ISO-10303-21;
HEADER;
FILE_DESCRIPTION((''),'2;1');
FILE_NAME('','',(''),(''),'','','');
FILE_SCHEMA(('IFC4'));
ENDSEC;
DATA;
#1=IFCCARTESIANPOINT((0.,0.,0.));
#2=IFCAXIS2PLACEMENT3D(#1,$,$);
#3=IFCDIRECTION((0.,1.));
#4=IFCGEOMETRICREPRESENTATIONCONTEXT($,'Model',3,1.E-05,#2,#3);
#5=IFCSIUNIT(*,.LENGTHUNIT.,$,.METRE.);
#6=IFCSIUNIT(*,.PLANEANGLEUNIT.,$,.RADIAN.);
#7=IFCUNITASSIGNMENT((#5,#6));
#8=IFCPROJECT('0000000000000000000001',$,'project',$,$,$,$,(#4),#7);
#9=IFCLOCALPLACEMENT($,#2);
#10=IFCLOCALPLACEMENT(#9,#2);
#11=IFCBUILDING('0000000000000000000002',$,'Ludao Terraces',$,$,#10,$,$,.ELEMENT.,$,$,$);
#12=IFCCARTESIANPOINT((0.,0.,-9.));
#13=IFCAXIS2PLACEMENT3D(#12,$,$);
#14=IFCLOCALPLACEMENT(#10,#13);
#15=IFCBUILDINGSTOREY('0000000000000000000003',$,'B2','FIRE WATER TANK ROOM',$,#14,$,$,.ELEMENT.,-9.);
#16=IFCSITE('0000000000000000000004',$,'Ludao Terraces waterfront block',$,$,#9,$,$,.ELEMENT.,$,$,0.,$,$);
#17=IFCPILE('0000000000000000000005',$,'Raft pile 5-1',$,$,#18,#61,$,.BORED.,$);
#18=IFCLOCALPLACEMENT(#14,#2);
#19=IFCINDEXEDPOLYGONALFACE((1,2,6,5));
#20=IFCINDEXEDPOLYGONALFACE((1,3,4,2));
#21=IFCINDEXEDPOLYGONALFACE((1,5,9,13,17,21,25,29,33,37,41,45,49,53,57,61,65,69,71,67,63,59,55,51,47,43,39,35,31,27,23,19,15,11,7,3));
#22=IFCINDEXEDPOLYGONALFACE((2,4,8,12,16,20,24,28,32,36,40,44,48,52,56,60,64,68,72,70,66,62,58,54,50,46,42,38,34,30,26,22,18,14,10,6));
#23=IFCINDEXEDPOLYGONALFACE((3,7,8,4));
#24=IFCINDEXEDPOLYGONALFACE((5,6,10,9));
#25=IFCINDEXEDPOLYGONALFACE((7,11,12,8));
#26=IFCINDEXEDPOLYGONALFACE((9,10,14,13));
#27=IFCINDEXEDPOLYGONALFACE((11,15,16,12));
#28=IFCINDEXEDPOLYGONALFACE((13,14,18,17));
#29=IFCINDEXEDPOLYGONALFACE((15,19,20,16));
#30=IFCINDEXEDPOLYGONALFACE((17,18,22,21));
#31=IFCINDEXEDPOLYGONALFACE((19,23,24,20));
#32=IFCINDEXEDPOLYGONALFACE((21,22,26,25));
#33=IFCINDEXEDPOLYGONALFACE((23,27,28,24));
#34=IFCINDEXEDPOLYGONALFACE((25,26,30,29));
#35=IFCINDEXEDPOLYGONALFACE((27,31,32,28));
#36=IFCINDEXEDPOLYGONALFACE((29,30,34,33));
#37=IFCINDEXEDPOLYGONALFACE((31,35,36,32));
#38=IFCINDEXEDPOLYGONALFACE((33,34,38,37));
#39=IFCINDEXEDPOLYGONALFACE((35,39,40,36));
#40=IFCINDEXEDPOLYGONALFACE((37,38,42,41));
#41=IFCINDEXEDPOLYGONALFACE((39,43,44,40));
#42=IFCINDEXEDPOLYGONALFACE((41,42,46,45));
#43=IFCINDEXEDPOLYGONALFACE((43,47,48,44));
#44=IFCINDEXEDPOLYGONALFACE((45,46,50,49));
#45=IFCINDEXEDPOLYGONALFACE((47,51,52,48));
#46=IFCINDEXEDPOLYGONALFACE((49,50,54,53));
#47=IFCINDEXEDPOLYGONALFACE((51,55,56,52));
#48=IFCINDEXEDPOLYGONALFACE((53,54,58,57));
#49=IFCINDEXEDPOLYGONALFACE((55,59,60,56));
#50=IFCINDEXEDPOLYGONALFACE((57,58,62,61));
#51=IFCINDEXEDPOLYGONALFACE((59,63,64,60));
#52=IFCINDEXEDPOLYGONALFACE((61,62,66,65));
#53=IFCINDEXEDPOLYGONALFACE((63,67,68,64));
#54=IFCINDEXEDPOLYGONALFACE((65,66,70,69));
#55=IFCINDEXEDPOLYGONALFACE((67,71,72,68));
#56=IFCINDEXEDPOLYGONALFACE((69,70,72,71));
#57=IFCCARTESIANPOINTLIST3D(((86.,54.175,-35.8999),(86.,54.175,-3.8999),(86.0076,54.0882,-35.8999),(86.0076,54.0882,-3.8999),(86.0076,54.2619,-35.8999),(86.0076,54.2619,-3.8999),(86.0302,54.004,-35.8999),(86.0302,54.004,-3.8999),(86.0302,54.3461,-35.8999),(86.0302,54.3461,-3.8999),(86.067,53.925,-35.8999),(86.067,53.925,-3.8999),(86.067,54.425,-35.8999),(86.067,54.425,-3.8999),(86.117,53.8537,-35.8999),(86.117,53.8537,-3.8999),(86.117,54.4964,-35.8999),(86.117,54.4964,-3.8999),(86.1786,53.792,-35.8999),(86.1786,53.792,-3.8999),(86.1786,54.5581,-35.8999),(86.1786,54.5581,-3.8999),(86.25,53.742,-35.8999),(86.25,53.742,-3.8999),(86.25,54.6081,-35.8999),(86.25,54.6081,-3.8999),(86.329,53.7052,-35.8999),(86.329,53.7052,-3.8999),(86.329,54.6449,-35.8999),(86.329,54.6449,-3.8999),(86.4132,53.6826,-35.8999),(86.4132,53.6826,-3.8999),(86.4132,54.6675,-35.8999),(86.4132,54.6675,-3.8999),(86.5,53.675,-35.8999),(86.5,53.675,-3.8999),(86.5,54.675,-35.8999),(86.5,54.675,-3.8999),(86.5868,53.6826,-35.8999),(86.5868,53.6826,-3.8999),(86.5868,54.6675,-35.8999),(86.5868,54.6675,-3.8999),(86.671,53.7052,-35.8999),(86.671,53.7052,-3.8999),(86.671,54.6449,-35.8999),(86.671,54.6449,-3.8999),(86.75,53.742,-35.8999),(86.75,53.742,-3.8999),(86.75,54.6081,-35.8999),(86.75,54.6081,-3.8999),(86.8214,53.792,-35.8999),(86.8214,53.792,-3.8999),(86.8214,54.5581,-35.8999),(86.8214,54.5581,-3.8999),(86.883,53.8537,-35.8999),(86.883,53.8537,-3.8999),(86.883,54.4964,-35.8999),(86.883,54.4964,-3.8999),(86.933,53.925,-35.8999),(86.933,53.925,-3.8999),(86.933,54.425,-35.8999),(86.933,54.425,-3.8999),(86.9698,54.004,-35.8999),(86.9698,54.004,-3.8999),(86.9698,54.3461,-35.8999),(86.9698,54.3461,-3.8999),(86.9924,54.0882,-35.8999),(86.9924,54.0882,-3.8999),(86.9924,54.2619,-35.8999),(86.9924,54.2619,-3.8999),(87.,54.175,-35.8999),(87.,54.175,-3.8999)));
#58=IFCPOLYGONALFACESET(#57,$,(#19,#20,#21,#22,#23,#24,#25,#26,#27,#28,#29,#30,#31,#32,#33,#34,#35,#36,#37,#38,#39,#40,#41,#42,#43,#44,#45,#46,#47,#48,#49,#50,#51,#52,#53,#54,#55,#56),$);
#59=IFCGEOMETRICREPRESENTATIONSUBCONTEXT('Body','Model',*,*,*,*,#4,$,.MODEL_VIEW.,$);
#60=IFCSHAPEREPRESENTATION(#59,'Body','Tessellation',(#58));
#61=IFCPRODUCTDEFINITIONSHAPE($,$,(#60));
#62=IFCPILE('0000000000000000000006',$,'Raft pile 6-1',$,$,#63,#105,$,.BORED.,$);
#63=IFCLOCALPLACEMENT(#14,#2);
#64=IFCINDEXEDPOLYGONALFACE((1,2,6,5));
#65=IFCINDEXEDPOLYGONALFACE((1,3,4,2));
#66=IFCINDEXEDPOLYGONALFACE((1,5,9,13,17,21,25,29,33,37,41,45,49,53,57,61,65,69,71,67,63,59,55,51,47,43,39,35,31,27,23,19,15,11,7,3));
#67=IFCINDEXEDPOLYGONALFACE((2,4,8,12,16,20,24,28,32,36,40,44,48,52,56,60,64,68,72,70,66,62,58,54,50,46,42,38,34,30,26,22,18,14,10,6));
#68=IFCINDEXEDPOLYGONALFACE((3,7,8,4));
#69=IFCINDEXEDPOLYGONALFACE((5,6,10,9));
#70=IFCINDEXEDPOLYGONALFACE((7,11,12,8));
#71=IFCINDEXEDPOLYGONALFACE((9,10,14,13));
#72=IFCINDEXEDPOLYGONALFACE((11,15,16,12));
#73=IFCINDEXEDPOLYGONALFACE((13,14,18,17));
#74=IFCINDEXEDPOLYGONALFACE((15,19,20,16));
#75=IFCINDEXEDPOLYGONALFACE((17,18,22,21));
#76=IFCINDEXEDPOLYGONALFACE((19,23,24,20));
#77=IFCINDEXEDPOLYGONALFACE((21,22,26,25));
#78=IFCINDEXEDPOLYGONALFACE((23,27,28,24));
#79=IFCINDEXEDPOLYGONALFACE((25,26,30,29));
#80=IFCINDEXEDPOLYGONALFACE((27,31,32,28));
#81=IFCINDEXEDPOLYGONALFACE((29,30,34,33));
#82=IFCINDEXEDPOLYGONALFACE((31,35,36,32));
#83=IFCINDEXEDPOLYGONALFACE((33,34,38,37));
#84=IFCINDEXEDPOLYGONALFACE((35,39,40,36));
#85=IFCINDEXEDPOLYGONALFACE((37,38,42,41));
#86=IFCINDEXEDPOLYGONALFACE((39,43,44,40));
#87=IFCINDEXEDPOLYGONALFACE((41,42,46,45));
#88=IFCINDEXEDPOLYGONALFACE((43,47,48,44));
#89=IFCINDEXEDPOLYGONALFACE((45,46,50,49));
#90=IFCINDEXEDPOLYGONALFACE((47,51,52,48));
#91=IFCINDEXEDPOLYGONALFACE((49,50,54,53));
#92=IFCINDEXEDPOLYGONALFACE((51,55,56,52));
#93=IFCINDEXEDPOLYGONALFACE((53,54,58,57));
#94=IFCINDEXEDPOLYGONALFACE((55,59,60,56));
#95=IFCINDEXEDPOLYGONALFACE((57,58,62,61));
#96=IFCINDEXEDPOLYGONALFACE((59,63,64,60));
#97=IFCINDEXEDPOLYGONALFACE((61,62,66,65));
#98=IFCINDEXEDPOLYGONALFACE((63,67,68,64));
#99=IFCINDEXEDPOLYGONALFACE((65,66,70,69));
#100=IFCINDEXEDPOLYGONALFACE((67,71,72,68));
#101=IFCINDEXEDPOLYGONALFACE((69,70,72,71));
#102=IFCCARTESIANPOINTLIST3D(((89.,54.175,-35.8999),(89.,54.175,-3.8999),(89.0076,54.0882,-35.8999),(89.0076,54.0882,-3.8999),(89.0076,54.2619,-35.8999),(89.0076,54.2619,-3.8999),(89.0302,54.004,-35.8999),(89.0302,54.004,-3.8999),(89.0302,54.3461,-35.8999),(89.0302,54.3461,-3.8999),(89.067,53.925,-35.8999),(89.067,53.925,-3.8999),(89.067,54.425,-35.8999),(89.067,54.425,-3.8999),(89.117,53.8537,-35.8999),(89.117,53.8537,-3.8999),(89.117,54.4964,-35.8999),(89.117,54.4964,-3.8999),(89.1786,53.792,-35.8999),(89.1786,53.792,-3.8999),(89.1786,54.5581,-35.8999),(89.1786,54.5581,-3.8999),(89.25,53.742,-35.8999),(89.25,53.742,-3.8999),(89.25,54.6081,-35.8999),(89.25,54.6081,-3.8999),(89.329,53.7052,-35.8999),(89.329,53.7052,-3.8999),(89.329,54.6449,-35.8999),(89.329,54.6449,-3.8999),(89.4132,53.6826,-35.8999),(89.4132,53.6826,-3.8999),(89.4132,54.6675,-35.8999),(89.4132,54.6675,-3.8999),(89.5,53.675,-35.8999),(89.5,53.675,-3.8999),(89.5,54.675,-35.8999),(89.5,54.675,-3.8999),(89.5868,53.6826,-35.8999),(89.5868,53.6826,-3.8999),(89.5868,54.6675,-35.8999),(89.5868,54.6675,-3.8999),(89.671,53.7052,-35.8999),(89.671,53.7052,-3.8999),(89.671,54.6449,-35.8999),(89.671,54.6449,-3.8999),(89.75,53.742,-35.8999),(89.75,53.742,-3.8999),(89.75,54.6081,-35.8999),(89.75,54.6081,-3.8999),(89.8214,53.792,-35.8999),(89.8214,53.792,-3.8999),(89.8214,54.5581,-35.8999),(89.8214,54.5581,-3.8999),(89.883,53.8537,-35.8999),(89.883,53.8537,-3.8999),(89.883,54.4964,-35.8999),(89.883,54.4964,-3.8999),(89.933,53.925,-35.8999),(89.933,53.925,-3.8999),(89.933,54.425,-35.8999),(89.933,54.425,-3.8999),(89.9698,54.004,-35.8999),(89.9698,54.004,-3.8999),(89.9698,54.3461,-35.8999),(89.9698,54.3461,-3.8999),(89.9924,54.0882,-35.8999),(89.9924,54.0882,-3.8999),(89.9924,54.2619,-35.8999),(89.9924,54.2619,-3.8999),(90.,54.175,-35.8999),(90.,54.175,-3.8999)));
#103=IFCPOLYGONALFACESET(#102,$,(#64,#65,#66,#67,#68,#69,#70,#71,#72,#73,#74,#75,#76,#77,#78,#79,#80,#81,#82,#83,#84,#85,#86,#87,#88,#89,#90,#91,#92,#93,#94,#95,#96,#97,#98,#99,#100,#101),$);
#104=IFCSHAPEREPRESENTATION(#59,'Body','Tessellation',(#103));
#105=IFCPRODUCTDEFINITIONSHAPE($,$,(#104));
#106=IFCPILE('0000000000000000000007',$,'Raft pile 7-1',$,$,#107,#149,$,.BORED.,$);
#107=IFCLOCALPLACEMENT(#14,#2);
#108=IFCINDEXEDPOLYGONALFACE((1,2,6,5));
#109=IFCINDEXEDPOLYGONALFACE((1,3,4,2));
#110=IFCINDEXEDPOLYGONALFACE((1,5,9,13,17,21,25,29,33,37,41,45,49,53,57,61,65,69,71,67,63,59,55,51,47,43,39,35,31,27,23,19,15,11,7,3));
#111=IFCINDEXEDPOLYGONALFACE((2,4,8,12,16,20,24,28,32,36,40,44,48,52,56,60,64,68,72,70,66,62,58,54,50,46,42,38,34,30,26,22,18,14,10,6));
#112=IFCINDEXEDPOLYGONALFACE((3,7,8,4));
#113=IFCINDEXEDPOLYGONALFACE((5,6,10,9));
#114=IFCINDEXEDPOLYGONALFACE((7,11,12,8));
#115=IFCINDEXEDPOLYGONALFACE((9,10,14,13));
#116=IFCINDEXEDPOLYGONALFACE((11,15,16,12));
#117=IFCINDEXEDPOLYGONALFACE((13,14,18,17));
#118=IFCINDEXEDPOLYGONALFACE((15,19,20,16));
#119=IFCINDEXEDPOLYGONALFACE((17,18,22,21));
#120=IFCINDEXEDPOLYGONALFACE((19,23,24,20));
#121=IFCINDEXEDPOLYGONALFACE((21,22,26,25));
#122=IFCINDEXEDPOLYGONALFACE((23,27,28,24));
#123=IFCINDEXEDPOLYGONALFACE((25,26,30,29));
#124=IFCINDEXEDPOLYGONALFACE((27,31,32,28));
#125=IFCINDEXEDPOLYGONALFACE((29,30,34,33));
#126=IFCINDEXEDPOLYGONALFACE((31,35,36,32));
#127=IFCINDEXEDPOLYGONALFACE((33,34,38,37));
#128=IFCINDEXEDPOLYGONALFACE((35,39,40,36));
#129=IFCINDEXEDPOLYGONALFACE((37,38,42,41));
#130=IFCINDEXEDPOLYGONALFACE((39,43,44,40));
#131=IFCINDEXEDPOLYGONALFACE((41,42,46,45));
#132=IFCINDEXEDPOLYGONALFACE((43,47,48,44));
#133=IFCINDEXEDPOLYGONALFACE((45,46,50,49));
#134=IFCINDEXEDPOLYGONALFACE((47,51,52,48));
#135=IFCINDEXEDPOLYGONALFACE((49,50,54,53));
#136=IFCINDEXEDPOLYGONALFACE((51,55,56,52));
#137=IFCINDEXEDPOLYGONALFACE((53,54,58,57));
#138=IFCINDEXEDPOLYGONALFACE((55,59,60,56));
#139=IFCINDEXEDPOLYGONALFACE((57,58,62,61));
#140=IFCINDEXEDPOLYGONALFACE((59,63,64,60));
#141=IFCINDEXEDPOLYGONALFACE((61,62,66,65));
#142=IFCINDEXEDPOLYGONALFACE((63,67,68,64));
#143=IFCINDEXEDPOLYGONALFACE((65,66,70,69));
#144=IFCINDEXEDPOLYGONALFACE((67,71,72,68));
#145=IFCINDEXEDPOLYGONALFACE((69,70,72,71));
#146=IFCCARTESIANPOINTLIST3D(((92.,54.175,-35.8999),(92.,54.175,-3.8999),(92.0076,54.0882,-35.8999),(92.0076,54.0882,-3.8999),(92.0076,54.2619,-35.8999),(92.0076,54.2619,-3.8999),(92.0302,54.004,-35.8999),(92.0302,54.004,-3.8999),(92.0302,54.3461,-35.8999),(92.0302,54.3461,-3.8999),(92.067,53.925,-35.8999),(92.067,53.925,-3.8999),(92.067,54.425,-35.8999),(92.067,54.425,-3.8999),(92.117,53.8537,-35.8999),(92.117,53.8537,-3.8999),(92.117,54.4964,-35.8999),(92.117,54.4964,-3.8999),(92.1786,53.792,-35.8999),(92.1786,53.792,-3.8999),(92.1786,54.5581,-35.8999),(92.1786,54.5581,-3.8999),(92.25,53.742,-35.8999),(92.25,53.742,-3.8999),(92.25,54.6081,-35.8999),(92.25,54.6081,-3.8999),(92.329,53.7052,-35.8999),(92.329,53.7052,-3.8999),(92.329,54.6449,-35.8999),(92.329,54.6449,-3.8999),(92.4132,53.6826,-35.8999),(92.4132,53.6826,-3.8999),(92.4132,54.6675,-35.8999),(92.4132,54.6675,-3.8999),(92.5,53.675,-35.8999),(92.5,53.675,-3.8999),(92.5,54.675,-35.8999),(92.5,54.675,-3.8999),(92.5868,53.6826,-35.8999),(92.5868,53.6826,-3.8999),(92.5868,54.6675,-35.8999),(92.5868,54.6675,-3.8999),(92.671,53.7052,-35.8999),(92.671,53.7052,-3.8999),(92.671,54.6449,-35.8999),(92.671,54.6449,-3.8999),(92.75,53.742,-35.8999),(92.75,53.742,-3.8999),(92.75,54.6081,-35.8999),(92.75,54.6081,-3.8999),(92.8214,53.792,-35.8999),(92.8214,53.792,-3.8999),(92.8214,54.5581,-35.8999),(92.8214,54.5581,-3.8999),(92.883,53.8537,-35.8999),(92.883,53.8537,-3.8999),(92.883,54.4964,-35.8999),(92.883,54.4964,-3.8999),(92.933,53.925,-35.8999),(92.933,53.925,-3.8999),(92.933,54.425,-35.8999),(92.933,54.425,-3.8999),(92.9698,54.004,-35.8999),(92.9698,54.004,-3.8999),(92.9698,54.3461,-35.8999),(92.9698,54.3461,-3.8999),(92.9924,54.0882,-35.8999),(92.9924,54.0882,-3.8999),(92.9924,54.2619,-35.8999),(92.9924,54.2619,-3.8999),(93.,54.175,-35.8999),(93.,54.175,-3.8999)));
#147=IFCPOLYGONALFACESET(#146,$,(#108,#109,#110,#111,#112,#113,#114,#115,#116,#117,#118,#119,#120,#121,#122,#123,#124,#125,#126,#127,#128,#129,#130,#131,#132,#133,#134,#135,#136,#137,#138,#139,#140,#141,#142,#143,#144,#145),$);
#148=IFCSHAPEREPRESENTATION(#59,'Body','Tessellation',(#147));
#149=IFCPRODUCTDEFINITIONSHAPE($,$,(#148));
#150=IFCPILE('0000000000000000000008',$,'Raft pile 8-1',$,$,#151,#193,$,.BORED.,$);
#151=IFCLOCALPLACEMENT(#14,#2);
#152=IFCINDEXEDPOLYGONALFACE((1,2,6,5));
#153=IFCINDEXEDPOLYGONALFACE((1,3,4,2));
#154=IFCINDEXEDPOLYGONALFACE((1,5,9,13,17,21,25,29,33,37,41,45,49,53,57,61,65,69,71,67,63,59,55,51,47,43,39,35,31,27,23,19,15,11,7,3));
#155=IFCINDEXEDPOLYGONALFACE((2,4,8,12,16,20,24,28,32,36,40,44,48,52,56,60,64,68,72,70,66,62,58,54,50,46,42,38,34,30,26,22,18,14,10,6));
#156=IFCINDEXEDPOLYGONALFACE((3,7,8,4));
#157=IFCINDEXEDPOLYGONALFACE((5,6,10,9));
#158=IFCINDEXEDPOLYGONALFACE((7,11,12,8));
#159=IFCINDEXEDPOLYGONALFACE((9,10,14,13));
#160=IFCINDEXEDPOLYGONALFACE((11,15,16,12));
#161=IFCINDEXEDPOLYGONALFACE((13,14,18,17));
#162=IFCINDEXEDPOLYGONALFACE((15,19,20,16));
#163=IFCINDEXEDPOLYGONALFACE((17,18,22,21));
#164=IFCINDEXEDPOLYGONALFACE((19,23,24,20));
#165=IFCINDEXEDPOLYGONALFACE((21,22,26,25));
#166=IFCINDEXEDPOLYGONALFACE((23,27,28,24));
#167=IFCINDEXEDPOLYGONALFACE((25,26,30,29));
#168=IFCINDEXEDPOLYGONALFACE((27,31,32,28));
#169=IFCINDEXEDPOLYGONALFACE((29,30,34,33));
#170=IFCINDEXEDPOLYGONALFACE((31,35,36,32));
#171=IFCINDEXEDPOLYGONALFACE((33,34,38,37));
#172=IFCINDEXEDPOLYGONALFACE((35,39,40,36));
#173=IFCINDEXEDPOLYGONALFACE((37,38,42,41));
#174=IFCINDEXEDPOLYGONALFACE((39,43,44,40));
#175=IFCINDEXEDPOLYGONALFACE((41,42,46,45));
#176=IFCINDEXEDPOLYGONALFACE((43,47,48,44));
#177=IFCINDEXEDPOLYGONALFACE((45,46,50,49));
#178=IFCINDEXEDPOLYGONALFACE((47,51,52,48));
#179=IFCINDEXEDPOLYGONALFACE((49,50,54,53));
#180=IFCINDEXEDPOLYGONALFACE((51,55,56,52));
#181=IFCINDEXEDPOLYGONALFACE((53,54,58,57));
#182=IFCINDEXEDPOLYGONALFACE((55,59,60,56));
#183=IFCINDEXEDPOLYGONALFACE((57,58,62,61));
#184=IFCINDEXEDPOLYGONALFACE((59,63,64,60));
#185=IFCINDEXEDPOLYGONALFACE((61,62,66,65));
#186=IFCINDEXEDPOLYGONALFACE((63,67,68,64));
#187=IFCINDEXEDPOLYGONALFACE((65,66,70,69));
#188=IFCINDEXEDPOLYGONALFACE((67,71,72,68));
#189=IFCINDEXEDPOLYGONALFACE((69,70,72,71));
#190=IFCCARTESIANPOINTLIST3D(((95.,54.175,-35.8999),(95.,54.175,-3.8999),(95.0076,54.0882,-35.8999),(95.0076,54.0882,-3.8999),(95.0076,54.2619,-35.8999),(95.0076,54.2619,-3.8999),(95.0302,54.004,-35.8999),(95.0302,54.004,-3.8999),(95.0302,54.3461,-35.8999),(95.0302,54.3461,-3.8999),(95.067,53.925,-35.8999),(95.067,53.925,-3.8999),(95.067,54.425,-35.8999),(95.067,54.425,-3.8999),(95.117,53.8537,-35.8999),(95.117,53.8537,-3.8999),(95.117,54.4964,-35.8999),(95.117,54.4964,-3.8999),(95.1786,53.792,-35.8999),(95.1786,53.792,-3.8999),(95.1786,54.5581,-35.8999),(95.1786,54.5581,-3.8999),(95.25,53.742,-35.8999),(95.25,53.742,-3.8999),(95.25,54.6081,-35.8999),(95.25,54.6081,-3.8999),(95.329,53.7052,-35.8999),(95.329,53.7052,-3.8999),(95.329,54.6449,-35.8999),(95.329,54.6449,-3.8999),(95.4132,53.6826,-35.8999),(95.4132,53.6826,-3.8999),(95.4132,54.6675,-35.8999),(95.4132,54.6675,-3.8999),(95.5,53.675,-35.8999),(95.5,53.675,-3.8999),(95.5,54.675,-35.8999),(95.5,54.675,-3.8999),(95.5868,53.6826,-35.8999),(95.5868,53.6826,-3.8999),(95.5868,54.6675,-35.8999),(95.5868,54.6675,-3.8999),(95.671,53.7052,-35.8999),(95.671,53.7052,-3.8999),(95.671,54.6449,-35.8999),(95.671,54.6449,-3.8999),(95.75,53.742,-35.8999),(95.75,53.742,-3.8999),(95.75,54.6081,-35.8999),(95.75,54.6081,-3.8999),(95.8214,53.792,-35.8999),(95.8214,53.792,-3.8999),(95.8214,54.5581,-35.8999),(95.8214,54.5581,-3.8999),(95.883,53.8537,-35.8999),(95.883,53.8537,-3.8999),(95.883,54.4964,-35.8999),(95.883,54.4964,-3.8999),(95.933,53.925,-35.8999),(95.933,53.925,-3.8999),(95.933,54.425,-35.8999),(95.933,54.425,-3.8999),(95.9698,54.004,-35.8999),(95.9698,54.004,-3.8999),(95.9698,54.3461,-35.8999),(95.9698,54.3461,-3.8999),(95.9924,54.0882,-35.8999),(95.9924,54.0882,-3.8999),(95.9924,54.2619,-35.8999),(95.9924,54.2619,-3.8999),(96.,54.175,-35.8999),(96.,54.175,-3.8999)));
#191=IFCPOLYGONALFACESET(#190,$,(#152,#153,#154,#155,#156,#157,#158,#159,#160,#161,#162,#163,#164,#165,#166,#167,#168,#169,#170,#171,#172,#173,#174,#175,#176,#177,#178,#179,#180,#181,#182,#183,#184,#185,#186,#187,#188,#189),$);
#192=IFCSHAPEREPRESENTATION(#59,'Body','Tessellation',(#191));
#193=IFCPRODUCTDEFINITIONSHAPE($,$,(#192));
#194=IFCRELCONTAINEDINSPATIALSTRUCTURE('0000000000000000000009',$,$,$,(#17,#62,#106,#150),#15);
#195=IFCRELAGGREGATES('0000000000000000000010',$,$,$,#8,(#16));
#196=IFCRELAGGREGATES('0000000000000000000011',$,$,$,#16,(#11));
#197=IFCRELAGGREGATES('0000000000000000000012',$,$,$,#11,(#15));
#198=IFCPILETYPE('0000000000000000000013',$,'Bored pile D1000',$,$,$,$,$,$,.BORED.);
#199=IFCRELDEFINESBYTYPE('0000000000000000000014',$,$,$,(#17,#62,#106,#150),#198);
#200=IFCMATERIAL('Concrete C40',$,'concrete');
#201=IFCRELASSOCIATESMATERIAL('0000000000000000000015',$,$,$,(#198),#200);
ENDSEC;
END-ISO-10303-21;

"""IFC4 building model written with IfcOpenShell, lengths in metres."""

from ifc_helpers import new_model, si_unit, direction, frame, origin, origin_2d, place, context, subcontext, project, spatial, circle, extrude, material, material_profile, profile_set, type_object, element, save


model = new_model("IFC4")

# Units and contexts
model_context = context("Model", 3, precision=1e-05, world=origin(), true_north=direction((0.0, 1.0)))
body_context = subcontext(model_context, "Body", "Model", "MODEL_VIEW")
ifc_project = project(units=[si_unit("LENGTHUNIT", "METRE"), si_unit("PLANEANGLEUNIT", "RADIAN")], contexts=[model_context])

# Site, building, storey
site_placement = place(None, origin())
site = spatial("IfcSite", under=ifc_project, at=site_placement, Name="Ludao Terraces waterfront block", CompositionType="ELEMENT", RefElevation=0.0)
building_placement = place(site_placement, origin())
building = spatial("IfcBuilding", under=site, at=building_placement, Name="Ludao Terraces", CompositionType="ELEMENT")
storey_placement = place(building_placement, frame((0.0, 0.0, -9.0)))
storey = spatial("IfcBuildingStorey", under=building, at=storey_placement, Name="B2", Description="FIRE WATER TANK ROOM", CompositionType="ELEMENT", Elevation=-9.0)

# Piles
ifc_material_1 = material(Name="Concrete C40", Category="concrete")
ifc_material_profile_1 = material_profile(ifc_material_1, circle(Radius=0.5, at=origin_2d()), Name="D1000 BORED PILE")
ifc_profile_set_1 = profile_set([ifc_material_profile_1], Name="Concrete C40")
pile_type = type_object("IfcPileType", Name="Bored pile D1000", PredefinedType="BORED", material=ifc_profile_set_1)
for number, where, z_axis, x_axis, name in (
    (1, (86.5, 54.175, -3.8999), (0.0, 0.0, -1.0), (1.0, 0.0, 0.0), "Raft pile 5-1"),
    (2, (89.5, 54.175, -3.8999), (0.0, 0.0, -1.0), (1.0, 0.0, 0.0), "Raft pile 6-1"),
    (3, (92.5, 54.175, -3.8999), (0.0, 0.0, -1.0), (1.0, 0.0, 0.0), "Raft pile 7-1"),
    (4, (95.5, 54.175, -3.8999), (0.0, 0.0, -1.0), (1.0, 0.0, 0.0), "Raft pile 8-1"),
):
    element("IfcPile", number, at=place(storey_placement, frame(where, z_axis=z_axis, x_axis=x_axis)), inside=storey, type_object=pile_type, Name=name, PredefinedType="BORED", context=body_context, shape_type="SweptSolid", body=[
        extrude(circle(Radius=0.5, at=origin_2d()), origin(), (0.0, 0.0, 1.0), 32.0),
    ])

save(model, "model.ifc")
